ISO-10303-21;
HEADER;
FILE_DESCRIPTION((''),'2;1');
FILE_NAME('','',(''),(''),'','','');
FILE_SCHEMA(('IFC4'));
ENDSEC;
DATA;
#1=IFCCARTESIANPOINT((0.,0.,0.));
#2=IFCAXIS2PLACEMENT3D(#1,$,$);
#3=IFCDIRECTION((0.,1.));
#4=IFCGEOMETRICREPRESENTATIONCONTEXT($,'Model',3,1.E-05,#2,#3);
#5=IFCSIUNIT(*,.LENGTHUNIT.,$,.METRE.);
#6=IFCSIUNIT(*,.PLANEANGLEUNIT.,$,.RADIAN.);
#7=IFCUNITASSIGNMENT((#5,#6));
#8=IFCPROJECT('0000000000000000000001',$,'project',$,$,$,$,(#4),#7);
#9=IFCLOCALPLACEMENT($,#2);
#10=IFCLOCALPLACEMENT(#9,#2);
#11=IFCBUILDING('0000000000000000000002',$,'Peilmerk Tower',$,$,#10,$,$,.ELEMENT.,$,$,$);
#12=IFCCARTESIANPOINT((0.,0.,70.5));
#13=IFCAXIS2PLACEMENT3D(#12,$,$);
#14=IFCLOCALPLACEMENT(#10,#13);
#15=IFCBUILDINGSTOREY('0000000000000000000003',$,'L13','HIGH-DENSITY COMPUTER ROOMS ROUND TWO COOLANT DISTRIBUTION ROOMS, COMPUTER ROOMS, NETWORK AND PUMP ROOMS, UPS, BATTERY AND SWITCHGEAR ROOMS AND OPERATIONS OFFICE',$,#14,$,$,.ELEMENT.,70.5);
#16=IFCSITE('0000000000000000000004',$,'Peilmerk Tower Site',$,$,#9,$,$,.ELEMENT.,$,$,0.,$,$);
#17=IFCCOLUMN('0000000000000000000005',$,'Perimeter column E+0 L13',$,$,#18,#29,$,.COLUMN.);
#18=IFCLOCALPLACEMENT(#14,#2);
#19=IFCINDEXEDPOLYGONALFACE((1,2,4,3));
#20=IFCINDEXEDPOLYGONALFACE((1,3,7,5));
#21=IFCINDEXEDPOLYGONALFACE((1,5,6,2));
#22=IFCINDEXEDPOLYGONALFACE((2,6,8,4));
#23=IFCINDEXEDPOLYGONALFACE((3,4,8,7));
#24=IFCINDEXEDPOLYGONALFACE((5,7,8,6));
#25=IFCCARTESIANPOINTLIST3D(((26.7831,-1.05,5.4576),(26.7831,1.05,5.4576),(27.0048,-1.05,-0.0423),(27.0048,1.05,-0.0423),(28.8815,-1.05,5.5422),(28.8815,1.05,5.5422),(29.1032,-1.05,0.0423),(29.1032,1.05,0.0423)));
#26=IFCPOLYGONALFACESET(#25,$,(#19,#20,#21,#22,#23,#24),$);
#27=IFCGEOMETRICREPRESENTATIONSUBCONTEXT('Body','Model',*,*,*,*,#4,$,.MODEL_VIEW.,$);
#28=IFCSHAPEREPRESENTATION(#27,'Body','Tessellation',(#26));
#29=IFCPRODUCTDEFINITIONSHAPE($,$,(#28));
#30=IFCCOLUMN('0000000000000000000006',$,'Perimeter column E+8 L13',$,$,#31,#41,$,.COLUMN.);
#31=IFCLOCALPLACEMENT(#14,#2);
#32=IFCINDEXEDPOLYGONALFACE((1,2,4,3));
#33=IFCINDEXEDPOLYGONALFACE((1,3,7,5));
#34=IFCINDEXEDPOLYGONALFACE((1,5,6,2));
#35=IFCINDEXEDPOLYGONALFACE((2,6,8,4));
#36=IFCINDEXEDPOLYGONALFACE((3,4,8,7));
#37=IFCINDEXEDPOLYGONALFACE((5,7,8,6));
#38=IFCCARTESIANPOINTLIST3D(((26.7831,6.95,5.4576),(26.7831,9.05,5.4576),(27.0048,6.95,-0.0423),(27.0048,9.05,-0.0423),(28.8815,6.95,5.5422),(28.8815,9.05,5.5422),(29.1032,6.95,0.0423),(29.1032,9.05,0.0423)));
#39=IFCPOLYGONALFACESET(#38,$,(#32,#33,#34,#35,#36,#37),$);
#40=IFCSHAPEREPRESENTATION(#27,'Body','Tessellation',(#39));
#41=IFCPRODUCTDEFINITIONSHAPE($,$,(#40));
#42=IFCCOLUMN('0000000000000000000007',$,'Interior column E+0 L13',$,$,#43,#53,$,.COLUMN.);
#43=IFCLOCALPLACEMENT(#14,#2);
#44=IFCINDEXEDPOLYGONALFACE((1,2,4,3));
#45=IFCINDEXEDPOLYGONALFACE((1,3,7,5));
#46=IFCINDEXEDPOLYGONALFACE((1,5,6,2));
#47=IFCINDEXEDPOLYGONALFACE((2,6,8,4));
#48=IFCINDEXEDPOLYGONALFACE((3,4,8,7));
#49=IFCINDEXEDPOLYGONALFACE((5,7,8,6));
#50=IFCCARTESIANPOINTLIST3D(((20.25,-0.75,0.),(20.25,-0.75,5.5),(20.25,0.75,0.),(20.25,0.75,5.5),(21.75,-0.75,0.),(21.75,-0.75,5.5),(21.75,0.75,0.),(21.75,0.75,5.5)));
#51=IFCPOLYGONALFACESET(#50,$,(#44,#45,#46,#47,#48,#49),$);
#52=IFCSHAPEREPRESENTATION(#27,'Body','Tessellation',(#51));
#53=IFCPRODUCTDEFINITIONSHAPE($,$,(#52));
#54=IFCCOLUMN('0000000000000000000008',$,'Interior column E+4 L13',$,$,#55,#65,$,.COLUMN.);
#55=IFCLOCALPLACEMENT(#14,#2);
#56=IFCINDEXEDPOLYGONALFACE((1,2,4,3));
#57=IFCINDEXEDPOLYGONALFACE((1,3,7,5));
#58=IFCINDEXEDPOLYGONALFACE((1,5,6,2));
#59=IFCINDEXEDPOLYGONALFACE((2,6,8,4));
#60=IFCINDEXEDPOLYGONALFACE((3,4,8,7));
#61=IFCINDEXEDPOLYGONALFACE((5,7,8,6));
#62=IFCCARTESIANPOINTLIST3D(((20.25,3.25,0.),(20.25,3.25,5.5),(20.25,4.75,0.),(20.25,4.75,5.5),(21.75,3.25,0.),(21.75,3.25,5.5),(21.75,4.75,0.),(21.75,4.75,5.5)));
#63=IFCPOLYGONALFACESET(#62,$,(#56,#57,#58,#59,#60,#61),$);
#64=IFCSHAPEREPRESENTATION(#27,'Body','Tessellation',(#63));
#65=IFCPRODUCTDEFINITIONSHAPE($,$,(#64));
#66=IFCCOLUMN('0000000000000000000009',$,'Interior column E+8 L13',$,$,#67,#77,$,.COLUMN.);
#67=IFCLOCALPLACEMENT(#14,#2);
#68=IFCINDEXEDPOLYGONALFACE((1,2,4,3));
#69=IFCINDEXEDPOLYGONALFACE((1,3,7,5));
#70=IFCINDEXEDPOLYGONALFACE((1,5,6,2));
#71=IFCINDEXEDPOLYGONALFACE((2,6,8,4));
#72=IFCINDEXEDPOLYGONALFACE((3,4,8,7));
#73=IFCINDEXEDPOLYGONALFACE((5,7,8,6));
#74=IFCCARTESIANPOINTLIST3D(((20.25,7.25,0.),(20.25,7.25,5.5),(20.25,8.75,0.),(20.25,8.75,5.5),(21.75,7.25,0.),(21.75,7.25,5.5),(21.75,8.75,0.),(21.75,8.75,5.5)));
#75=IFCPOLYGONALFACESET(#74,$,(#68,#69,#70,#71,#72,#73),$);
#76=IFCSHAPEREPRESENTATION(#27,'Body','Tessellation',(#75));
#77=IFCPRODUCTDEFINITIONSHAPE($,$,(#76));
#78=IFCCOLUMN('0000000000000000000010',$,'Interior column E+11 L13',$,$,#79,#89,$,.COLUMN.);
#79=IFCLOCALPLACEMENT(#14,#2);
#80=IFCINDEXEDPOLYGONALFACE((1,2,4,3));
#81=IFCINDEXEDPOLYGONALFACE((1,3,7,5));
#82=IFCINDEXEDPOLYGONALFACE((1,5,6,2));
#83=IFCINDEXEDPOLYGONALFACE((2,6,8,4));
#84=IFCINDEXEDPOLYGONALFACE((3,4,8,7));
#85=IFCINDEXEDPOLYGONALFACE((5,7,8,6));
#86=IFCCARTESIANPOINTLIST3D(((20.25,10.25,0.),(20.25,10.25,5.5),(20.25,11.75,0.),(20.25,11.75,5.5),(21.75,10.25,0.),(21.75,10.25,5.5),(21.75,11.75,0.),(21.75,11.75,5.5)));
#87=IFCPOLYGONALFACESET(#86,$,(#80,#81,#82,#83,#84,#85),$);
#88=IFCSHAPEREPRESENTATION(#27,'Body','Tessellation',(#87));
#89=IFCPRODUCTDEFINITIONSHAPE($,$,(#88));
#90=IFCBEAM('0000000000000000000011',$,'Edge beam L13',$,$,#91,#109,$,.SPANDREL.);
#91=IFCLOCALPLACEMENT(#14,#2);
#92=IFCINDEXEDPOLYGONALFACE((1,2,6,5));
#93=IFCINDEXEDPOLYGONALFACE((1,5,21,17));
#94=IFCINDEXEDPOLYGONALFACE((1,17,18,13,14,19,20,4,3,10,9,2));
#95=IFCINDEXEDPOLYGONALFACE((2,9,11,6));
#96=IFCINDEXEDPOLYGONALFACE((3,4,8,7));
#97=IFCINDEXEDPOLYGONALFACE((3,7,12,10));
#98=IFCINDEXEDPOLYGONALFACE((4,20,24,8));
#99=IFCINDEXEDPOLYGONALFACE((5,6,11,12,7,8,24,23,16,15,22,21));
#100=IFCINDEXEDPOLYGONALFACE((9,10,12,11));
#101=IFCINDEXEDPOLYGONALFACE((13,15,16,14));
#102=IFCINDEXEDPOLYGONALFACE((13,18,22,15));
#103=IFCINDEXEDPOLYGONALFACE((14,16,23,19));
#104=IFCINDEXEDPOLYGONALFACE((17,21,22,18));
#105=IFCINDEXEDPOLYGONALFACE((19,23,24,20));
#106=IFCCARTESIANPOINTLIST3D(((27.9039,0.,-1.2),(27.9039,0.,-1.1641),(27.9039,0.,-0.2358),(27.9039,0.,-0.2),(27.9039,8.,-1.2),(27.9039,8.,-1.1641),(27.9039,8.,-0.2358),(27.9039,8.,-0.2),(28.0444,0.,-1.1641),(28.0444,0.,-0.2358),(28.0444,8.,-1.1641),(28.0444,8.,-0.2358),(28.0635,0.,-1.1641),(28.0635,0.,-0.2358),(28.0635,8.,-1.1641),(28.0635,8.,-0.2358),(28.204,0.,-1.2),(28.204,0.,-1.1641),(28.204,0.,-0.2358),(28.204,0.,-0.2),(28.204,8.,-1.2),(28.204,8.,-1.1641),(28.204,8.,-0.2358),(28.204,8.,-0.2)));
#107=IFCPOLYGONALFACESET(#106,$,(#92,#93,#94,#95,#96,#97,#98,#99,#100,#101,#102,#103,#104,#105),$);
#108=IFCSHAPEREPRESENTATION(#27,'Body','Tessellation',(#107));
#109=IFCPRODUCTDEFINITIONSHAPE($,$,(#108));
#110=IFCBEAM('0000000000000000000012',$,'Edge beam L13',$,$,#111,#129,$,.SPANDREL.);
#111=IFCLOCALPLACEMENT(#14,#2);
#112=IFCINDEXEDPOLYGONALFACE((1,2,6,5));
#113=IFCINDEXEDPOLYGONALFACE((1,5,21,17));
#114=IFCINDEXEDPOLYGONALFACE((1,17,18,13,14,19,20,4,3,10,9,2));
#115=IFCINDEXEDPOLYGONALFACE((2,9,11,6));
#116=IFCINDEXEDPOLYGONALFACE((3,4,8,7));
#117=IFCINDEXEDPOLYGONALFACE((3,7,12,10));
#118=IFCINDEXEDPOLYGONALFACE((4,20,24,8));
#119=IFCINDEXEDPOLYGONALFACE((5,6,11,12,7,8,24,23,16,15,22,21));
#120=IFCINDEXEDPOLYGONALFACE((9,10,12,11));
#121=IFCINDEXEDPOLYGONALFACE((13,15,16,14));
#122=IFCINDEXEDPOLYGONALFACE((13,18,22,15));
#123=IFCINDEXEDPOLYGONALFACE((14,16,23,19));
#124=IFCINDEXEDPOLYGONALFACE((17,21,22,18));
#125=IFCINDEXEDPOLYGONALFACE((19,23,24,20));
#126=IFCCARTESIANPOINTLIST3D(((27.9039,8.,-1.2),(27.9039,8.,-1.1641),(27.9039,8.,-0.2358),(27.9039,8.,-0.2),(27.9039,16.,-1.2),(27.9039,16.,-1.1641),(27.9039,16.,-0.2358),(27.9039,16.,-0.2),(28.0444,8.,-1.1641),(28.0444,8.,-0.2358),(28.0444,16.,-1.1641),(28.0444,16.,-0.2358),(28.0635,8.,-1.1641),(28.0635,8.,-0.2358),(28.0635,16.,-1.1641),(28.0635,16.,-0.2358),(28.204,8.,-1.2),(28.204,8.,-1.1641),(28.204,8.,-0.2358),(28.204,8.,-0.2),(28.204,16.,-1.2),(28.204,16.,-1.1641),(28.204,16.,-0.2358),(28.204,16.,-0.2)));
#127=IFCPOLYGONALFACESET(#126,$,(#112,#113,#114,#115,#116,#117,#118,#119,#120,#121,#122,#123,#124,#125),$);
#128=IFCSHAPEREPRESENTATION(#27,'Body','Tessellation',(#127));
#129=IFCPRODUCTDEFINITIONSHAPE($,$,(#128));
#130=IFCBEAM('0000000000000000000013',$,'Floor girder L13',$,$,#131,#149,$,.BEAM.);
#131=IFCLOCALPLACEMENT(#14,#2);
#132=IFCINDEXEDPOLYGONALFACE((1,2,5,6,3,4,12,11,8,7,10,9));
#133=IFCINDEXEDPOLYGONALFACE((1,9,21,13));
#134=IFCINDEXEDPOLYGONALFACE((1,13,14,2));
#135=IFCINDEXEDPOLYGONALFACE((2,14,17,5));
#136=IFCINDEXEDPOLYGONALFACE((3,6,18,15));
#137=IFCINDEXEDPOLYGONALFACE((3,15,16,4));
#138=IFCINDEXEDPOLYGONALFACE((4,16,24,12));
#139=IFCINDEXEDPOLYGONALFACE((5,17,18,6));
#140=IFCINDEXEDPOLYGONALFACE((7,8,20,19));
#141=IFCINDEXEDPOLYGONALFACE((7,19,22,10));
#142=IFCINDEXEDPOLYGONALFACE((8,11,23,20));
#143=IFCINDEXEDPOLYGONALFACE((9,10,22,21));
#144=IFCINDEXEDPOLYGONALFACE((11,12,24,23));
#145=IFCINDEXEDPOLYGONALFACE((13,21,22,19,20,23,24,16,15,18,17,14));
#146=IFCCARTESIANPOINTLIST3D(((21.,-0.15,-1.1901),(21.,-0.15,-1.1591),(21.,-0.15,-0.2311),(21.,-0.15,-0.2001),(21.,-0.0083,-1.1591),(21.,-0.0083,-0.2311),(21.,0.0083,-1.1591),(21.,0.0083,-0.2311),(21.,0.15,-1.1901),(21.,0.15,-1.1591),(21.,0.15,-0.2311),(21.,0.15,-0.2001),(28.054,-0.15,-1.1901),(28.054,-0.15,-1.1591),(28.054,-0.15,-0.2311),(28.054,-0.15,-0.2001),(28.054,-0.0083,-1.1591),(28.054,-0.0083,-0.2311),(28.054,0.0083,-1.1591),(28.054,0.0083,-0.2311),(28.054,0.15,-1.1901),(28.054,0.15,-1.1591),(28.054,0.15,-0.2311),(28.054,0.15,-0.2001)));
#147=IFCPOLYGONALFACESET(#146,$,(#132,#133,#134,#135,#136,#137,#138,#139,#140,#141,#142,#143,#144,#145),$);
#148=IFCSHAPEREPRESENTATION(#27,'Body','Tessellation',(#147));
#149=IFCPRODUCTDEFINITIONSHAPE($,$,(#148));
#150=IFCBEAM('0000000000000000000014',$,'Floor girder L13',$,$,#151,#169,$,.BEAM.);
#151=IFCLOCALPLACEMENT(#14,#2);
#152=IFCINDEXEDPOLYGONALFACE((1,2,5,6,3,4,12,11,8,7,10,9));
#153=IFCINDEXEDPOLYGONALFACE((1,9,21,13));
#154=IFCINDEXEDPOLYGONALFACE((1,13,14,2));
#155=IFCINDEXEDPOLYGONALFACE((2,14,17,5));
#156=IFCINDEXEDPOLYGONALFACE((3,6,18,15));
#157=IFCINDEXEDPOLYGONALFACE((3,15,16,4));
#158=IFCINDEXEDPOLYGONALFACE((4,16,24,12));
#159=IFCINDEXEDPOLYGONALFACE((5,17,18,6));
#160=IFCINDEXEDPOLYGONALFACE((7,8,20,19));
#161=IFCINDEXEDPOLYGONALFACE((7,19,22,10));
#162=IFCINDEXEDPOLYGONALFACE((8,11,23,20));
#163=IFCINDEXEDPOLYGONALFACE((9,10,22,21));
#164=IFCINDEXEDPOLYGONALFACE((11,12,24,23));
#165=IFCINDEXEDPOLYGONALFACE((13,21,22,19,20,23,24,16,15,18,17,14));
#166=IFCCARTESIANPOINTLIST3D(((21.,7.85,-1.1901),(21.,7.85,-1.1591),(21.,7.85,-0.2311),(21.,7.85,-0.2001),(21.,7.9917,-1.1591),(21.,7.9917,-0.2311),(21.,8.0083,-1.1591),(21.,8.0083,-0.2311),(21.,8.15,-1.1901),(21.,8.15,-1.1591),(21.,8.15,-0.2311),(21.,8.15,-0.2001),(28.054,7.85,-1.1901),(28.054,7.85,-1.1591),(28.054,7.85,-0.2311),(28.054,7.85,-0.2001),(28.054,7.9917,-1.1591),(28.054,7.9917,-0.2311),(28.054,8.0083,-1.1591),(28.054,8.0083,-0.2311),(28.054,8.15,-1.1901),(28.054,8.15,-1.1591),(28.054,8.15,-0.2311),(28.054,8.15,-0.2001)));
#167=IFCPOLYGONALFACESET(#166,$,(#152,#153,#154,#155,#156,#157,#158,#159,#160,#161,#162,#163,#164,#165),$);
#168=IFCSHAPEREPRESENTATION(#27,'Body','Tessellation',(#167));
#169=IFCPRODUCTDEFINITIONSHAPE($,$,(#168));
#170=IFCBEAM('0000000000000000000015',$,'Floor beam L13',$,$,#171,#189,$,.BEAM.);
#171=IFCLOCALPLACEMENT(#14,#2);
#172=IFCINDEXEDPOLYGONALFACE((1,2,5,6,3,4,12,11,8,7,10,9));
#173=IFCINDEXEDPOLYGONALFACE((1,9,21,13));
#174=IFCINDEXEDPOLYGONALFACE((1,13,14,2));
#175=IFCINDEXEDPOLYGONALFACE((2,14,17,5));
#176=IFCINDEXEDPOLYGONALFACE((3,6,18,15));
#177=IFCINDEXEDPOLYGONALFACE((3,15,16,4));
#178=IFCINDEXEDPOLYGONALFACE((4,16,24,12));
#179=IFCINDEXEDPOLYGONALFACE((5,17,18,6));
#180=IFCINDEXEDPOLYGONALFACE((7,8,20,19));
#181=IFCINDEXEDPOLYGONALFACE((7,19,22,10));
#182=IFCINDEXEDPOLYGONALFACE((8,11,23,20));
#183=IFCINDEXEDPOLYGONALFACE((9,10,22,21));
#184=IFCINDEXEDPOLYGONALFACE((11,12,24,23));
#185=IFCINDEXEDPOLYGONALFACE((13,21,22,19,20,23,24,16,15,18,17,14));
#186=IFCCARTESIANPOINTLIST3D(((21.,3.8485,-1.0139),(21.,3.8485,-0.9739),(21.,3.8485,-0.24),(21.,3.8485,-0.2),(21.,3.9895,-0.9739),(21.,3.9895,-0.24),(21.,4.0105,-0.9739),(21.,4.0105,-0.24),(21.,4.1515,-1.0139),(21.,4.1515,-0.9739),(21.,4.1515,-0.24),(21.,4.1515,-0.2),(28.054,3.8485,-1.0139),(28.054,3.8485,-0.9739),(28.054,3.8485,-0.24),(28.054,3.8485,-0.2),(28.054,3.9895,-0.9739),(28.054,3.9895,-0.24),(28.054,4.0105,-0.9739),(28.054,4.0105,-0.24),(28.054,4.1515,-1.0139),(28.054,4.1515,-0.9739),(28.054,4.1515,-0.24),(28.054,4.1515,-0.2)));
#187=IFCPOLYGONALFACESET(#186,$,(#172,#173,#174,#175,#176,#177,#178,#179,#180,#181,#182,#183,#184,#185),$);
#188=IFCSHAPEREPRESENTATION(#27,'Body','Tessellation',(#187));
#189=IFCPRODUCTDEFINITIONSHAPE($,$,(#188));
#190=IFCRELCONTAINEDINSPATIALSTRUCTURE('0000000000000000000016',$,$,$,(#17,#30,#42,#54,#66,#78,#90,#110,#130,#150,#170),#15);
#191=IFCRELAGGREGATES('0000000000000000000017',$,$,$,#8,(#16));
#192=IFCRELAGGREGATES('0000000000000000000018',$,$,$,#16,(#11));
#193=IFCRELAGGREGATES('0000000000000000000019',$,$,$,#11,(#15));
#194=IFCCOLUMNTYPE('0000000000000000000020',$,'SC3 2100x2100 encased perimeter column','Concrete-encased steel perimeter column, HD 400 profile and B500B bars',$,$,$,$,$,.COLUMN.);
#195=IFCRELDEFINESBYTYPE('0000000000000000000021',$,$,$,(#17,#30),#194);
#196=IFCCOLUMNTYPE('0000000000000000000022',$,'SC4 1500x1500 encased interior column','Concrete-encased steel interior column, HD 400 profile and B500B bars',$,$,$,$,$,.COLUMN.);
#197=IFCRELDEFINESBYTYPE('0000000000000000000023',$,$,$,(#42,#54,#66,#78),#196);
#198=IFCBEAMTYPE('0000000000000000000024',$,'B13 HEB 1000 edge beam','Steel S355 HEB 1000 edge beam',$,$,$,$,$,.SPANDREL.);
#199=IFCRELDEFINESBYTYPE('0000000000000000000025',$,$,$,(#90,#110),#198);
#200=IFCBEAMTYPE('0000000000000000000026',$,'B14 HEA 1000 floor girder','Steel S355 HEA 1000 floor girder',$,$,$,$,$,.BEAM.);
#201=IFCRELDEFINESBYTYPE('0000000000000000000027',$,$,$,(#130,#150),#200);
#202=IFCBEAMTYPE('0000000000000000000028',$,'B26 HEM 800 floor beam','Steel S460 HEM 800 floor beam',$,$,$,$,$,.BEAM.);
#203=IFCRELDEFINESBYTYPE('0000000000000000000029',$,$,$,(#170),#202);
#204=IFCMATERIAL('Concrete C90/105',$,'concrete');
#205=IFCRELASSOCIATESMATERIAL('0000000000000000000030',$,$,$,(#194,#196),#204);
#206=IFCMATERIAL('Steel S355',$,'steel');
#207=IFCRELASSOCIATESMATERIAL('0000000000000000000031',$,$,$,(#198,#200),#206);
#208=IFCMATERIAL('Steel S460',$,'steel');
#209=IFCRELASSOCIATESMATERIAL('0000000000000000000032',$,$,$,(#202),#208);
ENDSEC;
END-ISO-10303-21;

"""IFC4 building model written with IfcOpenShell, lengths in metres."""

from ifc_helpers import new_model, si_unit, direction, frame, origin, origin_2d, place, context, subcontext, project, spatial, rectangle, i_section, extrude, material, material_profile, profile_set, type_object, element, save


model = new_model("IFC4")

# Units and contexts
model_context = context("Model", 3, precision=1e-05, world=origin(), true_north=direction((0.0, 1.0)))
body_context = subcontext(model_context, "Body", "Model", "MODEL_VIEW")
ifc_project = project(units=[si_unit("LENGTHUNIT", "METRE"), si_unit("PLANEANGLEUNIT", "RADIAN")], contexts=[model_context])

# Site, building, storey
site_placement = place(None, origin())
site = spatial("IfcSite", under=ifc_project, at=site_placement, Name="Peilmerk Tower Site", CompositionType="ELEMENT", RefElevation=0.0)
building_placement = place(site_placement, origin())
building = spatial("IfcBuilding", under=site, at=building_placement, Name="Peilmerk Tower", CompositionType="ELEMENT")
storey_placement = place(building_placement, frame((0.0, 0.0, 70.5)))
storey = spatial("IfcBuildingStorey", under=building, at=storey_placement, Name="L13", Description="HIGH-DENSITY COMPUTER ROOMS ROUND TWO COOLANT DISTRIBUTION ROOMS, COMPUTER ROOMS, NETWORK AND PUMP ROOMS, UPS, BATTERY AND SWITCHGEAR ROOMS AND OPERATIONS OFFICE", CompositionType="ELEMENT", Elevation=70.5)

# Columns
ifc_material_1 = material(Name="Concrete C90/105", Category="concrete")
ifc_material_profile_1 = material_profile(ifc_material_1, rectangle(XDim=2.1001, YDim=2.1001, at=origin_2d()), Name="RC 2100x2100")
ifc_profile_set_1 = profile_set([ifc_material_profile_1], Name="Concrete C90/105")
column_type_1 = type_object("IfcColumnType", Name="SC3 2100x2100 encased perimeter column", Description="Concrete-encased steel perimeter column, HD 400 profile and B500B bars", PredefinedType="COLUMN", material=ifc_profile_set_1)
for number, where, z_axis, x_axis, name in (
    (1, (28.054, 0.0, 0.0), (-0.040273, 0.0, 0.999189), (0.0, -1.0, 0.0), "Perimeter column E+0 L13"),
    (2, (28.054, 8.0, 0.0), (-0.040273, 0.0, 0.999189), (0.0, -1.0, 0.0), "Perimeter column E+8 L13"),
):
    element("IfcColumn", number, at=place(storey_placement, frame(where, z_axis=z_axis, x_axis=x_axis)), inside=storey, type_object=column_type_1, Name=name, PredefinedType="COLUMN", context=body_context, shape_type="SweptSolid", body=[
        extrude(rectangle(XDim=2.1001, YDim=2.1001, at=origin_2d()), origin(), (0.0, 0.0, 1.0), 5.5044),
    ])
ifc_material_profile_2 = material_profile(ifc_material_1, rectangle(XDim=1.5, YDim=1.5, at=origin_2d()), Name="RC 1500x1500")
ifc_profile_set_2 = profile_set([ifc_material_profile_2], Name="Concrete C90/105")
column_type_2 = type_object("IfcColumnType", Name="SC4 1500x1500 encased interior column", Description="Concrete-encased steel interior column, HD 400 profile and B500B bars", PredefinedType="COLUMN", material=ifc_profile_set_2)
for number, where, z_axis, x_axis, name in (
    (3, (21.0, 0.0, 0.0), (0.0, 0.0, 1.0), (1.0, 0.0, 0.0), "Interior column E+0 L13"),
    (4, (21.0, 4.0, 0.0), (0.0, 0.0, 1.0), (1.0, 0.0, 0.0), "Interior column E+4 L13"),
    (5, (21.0, 8.0, 0.0), (0.0, 0.0, 1.0), (1.0, 0.0, 0.0), "Interior column E+8 L13"),
    (6, (21.0, 11.0, 0.0), (0.0, 0.0, 1.0), (1.0, 0.0, 0.0), "Interior column E+11 L13"),
):
    element("IfcColumn", number, at=place(storey_placement, frame(where, z_axis=z_axis, x_axis=x_axis)), inside=storey, type_object=column_type_2, Name=name, PredefinedType="COLUMN", context=body_context, shape_type="SweptSolid", body=[
        extrude(rectangle(XDim=1.5, YDim=1.5, at=origin_2d()), origin(), (0.0, 0.0, 1.0), 5.5),
    ])

# Beams
ifc_material_2 = material(Name="Steel S355", Category="steel")
ifc_material_profile_3 = material_profile(ifc_material_2, i_section(OverallWidth=0.3, OverallDepth=1.0, WebThickness=0.019, FlangeThickness=0.0359, at=origin_2d()), Name="HEB 1000")
ifc_profile_set_3 = profile_set([ifc_material_profile_3], Name="Steel S355")
beam_type_1 = type_object("IfcBeamType", Name="B13 HEB 1000 edge beam", Description="Steel S355 HEB 1000 edge beam", PredefinedType="SPANDREL", material=ifc_profile_set_3)
for number, where, z_axis, x_axis, name in (
    (7, (28.054, 0.0, -0.7), (0.0, 1.0, 0.0), (-1.0, 0.0, 0.0), "Edge beam L13"),
    (8, (28.054, 8.0, -0.7), (0.0, 1.0, 0.0), (-1.0, 0.0, 0.0), "Edge beam L13"),
):
    element("IfcBeam", number, at=place(storey_placement, frame(where, z_axis=z_axis, x_axis=x_axis)), inside=storey, type_object=beam_type_1, Name=name, PredefinedType="SPANDREL", context=body_context, shape_type="SweptSolid", body=[
        extrude(i_section(OverallWidth=0.3, OverallDepth=1.0, WebThickness=0.019, FlangeThickness=0.0359, at=origin_2d()), origin(), (0.0, 0.0, 1.0), 8.0),
    ])
ifc_material_profile_4 = material_profile(ifc_material_2, i_section(OverallWidth=0.3, OverallDepth=0.99, WebThickness=0.0166, FlangeThickness=0.031, at=origin_2d()), Name="HEA 1000")
ifc_profile_set_4 = profile_set([ifc_material_profile_4], Name="Steel S355")
beam_type_2 = type_object("IfcBeamType", Name="B14 HEA 1000 floor girder", Description="Steel S355 HEA 1000 floor girder", PredefinedType="BEAM", material=ifc_profile_set_4)
for number, where, z_axis, x_axis, name in (
    (9, (21.0, 0.0, -0.6951), (1.0, 0.0, 0.0), (0.0, 1.0, 0.0), "Floor girder L13"),
    (10, (21.0, 8.0, -0.6951), (1.0, 0.0, 0.0), (0.0, 1.0, 0.0), "Floor girder L13"),
):
    element("IfcBeam", number, at=place(storey_placement, frame(where, z_axis=z_axis, x_axis=x_axis)), inside=storey, type_object=beam_type_2, Name=name, PredefinedType="BEAM", context=body_context, shape_type="SweptSolid", body=[
        extrude(i_section(OverallWidth=0.3, OverallDepth=0.99, WebThickness=0.0166, FlangeThickness=0.031, at=origin_2d()), origin(), (0.0, 0.0, 1.0), 7.054),
    ])
ifc_material_3 = material(Name="Steel S460", Category="steel")
ifc_material_profile_5 = material_profile(ifc_material_3, i_section(OverallWidth=0.303, OverallDepth=0.814, WebThickness=0.021, FlangeThickness=0.04, at=origin_2d()), Name="HEM 800")
ifc_profile_set_5 = profile_set([ifc_material_profile_5], Name="Steel S460")
beam_type_3 = type_object("IfcBeamType", Name="B26 HEM 800 floor beam", Description="Steel S460 HEM 800 floor beam", PredefinedType="BEAM", material=ifc_profile_set_5)
for number, where, z_axis, x_axis, name in (
    (11, (21.0, 4.0, -0.6069), (1.0, 0.0, 0.0), (0.0, 1.0, 0.0), "Floor beam L13"),
):
    element("IfcBeam", number, at=place(storey_placement, frame(where, z_axis=z_axis, x_axis=x_axis)), inside=storey, type_object=beam_type_3, Name=name, PredefinedType="BEAM", context=body_context, shape_type="SweptSolid", body=[
        extrude(i_section(OverallWidth=0.303, OverallDepth=0.814, WebThickness=0.021, FlangeThickness=0.04, at=origin_2d()), origin(), (0.0, 0.0, 1.0), 7.054),
    ])

save(model, "model.ifc")
